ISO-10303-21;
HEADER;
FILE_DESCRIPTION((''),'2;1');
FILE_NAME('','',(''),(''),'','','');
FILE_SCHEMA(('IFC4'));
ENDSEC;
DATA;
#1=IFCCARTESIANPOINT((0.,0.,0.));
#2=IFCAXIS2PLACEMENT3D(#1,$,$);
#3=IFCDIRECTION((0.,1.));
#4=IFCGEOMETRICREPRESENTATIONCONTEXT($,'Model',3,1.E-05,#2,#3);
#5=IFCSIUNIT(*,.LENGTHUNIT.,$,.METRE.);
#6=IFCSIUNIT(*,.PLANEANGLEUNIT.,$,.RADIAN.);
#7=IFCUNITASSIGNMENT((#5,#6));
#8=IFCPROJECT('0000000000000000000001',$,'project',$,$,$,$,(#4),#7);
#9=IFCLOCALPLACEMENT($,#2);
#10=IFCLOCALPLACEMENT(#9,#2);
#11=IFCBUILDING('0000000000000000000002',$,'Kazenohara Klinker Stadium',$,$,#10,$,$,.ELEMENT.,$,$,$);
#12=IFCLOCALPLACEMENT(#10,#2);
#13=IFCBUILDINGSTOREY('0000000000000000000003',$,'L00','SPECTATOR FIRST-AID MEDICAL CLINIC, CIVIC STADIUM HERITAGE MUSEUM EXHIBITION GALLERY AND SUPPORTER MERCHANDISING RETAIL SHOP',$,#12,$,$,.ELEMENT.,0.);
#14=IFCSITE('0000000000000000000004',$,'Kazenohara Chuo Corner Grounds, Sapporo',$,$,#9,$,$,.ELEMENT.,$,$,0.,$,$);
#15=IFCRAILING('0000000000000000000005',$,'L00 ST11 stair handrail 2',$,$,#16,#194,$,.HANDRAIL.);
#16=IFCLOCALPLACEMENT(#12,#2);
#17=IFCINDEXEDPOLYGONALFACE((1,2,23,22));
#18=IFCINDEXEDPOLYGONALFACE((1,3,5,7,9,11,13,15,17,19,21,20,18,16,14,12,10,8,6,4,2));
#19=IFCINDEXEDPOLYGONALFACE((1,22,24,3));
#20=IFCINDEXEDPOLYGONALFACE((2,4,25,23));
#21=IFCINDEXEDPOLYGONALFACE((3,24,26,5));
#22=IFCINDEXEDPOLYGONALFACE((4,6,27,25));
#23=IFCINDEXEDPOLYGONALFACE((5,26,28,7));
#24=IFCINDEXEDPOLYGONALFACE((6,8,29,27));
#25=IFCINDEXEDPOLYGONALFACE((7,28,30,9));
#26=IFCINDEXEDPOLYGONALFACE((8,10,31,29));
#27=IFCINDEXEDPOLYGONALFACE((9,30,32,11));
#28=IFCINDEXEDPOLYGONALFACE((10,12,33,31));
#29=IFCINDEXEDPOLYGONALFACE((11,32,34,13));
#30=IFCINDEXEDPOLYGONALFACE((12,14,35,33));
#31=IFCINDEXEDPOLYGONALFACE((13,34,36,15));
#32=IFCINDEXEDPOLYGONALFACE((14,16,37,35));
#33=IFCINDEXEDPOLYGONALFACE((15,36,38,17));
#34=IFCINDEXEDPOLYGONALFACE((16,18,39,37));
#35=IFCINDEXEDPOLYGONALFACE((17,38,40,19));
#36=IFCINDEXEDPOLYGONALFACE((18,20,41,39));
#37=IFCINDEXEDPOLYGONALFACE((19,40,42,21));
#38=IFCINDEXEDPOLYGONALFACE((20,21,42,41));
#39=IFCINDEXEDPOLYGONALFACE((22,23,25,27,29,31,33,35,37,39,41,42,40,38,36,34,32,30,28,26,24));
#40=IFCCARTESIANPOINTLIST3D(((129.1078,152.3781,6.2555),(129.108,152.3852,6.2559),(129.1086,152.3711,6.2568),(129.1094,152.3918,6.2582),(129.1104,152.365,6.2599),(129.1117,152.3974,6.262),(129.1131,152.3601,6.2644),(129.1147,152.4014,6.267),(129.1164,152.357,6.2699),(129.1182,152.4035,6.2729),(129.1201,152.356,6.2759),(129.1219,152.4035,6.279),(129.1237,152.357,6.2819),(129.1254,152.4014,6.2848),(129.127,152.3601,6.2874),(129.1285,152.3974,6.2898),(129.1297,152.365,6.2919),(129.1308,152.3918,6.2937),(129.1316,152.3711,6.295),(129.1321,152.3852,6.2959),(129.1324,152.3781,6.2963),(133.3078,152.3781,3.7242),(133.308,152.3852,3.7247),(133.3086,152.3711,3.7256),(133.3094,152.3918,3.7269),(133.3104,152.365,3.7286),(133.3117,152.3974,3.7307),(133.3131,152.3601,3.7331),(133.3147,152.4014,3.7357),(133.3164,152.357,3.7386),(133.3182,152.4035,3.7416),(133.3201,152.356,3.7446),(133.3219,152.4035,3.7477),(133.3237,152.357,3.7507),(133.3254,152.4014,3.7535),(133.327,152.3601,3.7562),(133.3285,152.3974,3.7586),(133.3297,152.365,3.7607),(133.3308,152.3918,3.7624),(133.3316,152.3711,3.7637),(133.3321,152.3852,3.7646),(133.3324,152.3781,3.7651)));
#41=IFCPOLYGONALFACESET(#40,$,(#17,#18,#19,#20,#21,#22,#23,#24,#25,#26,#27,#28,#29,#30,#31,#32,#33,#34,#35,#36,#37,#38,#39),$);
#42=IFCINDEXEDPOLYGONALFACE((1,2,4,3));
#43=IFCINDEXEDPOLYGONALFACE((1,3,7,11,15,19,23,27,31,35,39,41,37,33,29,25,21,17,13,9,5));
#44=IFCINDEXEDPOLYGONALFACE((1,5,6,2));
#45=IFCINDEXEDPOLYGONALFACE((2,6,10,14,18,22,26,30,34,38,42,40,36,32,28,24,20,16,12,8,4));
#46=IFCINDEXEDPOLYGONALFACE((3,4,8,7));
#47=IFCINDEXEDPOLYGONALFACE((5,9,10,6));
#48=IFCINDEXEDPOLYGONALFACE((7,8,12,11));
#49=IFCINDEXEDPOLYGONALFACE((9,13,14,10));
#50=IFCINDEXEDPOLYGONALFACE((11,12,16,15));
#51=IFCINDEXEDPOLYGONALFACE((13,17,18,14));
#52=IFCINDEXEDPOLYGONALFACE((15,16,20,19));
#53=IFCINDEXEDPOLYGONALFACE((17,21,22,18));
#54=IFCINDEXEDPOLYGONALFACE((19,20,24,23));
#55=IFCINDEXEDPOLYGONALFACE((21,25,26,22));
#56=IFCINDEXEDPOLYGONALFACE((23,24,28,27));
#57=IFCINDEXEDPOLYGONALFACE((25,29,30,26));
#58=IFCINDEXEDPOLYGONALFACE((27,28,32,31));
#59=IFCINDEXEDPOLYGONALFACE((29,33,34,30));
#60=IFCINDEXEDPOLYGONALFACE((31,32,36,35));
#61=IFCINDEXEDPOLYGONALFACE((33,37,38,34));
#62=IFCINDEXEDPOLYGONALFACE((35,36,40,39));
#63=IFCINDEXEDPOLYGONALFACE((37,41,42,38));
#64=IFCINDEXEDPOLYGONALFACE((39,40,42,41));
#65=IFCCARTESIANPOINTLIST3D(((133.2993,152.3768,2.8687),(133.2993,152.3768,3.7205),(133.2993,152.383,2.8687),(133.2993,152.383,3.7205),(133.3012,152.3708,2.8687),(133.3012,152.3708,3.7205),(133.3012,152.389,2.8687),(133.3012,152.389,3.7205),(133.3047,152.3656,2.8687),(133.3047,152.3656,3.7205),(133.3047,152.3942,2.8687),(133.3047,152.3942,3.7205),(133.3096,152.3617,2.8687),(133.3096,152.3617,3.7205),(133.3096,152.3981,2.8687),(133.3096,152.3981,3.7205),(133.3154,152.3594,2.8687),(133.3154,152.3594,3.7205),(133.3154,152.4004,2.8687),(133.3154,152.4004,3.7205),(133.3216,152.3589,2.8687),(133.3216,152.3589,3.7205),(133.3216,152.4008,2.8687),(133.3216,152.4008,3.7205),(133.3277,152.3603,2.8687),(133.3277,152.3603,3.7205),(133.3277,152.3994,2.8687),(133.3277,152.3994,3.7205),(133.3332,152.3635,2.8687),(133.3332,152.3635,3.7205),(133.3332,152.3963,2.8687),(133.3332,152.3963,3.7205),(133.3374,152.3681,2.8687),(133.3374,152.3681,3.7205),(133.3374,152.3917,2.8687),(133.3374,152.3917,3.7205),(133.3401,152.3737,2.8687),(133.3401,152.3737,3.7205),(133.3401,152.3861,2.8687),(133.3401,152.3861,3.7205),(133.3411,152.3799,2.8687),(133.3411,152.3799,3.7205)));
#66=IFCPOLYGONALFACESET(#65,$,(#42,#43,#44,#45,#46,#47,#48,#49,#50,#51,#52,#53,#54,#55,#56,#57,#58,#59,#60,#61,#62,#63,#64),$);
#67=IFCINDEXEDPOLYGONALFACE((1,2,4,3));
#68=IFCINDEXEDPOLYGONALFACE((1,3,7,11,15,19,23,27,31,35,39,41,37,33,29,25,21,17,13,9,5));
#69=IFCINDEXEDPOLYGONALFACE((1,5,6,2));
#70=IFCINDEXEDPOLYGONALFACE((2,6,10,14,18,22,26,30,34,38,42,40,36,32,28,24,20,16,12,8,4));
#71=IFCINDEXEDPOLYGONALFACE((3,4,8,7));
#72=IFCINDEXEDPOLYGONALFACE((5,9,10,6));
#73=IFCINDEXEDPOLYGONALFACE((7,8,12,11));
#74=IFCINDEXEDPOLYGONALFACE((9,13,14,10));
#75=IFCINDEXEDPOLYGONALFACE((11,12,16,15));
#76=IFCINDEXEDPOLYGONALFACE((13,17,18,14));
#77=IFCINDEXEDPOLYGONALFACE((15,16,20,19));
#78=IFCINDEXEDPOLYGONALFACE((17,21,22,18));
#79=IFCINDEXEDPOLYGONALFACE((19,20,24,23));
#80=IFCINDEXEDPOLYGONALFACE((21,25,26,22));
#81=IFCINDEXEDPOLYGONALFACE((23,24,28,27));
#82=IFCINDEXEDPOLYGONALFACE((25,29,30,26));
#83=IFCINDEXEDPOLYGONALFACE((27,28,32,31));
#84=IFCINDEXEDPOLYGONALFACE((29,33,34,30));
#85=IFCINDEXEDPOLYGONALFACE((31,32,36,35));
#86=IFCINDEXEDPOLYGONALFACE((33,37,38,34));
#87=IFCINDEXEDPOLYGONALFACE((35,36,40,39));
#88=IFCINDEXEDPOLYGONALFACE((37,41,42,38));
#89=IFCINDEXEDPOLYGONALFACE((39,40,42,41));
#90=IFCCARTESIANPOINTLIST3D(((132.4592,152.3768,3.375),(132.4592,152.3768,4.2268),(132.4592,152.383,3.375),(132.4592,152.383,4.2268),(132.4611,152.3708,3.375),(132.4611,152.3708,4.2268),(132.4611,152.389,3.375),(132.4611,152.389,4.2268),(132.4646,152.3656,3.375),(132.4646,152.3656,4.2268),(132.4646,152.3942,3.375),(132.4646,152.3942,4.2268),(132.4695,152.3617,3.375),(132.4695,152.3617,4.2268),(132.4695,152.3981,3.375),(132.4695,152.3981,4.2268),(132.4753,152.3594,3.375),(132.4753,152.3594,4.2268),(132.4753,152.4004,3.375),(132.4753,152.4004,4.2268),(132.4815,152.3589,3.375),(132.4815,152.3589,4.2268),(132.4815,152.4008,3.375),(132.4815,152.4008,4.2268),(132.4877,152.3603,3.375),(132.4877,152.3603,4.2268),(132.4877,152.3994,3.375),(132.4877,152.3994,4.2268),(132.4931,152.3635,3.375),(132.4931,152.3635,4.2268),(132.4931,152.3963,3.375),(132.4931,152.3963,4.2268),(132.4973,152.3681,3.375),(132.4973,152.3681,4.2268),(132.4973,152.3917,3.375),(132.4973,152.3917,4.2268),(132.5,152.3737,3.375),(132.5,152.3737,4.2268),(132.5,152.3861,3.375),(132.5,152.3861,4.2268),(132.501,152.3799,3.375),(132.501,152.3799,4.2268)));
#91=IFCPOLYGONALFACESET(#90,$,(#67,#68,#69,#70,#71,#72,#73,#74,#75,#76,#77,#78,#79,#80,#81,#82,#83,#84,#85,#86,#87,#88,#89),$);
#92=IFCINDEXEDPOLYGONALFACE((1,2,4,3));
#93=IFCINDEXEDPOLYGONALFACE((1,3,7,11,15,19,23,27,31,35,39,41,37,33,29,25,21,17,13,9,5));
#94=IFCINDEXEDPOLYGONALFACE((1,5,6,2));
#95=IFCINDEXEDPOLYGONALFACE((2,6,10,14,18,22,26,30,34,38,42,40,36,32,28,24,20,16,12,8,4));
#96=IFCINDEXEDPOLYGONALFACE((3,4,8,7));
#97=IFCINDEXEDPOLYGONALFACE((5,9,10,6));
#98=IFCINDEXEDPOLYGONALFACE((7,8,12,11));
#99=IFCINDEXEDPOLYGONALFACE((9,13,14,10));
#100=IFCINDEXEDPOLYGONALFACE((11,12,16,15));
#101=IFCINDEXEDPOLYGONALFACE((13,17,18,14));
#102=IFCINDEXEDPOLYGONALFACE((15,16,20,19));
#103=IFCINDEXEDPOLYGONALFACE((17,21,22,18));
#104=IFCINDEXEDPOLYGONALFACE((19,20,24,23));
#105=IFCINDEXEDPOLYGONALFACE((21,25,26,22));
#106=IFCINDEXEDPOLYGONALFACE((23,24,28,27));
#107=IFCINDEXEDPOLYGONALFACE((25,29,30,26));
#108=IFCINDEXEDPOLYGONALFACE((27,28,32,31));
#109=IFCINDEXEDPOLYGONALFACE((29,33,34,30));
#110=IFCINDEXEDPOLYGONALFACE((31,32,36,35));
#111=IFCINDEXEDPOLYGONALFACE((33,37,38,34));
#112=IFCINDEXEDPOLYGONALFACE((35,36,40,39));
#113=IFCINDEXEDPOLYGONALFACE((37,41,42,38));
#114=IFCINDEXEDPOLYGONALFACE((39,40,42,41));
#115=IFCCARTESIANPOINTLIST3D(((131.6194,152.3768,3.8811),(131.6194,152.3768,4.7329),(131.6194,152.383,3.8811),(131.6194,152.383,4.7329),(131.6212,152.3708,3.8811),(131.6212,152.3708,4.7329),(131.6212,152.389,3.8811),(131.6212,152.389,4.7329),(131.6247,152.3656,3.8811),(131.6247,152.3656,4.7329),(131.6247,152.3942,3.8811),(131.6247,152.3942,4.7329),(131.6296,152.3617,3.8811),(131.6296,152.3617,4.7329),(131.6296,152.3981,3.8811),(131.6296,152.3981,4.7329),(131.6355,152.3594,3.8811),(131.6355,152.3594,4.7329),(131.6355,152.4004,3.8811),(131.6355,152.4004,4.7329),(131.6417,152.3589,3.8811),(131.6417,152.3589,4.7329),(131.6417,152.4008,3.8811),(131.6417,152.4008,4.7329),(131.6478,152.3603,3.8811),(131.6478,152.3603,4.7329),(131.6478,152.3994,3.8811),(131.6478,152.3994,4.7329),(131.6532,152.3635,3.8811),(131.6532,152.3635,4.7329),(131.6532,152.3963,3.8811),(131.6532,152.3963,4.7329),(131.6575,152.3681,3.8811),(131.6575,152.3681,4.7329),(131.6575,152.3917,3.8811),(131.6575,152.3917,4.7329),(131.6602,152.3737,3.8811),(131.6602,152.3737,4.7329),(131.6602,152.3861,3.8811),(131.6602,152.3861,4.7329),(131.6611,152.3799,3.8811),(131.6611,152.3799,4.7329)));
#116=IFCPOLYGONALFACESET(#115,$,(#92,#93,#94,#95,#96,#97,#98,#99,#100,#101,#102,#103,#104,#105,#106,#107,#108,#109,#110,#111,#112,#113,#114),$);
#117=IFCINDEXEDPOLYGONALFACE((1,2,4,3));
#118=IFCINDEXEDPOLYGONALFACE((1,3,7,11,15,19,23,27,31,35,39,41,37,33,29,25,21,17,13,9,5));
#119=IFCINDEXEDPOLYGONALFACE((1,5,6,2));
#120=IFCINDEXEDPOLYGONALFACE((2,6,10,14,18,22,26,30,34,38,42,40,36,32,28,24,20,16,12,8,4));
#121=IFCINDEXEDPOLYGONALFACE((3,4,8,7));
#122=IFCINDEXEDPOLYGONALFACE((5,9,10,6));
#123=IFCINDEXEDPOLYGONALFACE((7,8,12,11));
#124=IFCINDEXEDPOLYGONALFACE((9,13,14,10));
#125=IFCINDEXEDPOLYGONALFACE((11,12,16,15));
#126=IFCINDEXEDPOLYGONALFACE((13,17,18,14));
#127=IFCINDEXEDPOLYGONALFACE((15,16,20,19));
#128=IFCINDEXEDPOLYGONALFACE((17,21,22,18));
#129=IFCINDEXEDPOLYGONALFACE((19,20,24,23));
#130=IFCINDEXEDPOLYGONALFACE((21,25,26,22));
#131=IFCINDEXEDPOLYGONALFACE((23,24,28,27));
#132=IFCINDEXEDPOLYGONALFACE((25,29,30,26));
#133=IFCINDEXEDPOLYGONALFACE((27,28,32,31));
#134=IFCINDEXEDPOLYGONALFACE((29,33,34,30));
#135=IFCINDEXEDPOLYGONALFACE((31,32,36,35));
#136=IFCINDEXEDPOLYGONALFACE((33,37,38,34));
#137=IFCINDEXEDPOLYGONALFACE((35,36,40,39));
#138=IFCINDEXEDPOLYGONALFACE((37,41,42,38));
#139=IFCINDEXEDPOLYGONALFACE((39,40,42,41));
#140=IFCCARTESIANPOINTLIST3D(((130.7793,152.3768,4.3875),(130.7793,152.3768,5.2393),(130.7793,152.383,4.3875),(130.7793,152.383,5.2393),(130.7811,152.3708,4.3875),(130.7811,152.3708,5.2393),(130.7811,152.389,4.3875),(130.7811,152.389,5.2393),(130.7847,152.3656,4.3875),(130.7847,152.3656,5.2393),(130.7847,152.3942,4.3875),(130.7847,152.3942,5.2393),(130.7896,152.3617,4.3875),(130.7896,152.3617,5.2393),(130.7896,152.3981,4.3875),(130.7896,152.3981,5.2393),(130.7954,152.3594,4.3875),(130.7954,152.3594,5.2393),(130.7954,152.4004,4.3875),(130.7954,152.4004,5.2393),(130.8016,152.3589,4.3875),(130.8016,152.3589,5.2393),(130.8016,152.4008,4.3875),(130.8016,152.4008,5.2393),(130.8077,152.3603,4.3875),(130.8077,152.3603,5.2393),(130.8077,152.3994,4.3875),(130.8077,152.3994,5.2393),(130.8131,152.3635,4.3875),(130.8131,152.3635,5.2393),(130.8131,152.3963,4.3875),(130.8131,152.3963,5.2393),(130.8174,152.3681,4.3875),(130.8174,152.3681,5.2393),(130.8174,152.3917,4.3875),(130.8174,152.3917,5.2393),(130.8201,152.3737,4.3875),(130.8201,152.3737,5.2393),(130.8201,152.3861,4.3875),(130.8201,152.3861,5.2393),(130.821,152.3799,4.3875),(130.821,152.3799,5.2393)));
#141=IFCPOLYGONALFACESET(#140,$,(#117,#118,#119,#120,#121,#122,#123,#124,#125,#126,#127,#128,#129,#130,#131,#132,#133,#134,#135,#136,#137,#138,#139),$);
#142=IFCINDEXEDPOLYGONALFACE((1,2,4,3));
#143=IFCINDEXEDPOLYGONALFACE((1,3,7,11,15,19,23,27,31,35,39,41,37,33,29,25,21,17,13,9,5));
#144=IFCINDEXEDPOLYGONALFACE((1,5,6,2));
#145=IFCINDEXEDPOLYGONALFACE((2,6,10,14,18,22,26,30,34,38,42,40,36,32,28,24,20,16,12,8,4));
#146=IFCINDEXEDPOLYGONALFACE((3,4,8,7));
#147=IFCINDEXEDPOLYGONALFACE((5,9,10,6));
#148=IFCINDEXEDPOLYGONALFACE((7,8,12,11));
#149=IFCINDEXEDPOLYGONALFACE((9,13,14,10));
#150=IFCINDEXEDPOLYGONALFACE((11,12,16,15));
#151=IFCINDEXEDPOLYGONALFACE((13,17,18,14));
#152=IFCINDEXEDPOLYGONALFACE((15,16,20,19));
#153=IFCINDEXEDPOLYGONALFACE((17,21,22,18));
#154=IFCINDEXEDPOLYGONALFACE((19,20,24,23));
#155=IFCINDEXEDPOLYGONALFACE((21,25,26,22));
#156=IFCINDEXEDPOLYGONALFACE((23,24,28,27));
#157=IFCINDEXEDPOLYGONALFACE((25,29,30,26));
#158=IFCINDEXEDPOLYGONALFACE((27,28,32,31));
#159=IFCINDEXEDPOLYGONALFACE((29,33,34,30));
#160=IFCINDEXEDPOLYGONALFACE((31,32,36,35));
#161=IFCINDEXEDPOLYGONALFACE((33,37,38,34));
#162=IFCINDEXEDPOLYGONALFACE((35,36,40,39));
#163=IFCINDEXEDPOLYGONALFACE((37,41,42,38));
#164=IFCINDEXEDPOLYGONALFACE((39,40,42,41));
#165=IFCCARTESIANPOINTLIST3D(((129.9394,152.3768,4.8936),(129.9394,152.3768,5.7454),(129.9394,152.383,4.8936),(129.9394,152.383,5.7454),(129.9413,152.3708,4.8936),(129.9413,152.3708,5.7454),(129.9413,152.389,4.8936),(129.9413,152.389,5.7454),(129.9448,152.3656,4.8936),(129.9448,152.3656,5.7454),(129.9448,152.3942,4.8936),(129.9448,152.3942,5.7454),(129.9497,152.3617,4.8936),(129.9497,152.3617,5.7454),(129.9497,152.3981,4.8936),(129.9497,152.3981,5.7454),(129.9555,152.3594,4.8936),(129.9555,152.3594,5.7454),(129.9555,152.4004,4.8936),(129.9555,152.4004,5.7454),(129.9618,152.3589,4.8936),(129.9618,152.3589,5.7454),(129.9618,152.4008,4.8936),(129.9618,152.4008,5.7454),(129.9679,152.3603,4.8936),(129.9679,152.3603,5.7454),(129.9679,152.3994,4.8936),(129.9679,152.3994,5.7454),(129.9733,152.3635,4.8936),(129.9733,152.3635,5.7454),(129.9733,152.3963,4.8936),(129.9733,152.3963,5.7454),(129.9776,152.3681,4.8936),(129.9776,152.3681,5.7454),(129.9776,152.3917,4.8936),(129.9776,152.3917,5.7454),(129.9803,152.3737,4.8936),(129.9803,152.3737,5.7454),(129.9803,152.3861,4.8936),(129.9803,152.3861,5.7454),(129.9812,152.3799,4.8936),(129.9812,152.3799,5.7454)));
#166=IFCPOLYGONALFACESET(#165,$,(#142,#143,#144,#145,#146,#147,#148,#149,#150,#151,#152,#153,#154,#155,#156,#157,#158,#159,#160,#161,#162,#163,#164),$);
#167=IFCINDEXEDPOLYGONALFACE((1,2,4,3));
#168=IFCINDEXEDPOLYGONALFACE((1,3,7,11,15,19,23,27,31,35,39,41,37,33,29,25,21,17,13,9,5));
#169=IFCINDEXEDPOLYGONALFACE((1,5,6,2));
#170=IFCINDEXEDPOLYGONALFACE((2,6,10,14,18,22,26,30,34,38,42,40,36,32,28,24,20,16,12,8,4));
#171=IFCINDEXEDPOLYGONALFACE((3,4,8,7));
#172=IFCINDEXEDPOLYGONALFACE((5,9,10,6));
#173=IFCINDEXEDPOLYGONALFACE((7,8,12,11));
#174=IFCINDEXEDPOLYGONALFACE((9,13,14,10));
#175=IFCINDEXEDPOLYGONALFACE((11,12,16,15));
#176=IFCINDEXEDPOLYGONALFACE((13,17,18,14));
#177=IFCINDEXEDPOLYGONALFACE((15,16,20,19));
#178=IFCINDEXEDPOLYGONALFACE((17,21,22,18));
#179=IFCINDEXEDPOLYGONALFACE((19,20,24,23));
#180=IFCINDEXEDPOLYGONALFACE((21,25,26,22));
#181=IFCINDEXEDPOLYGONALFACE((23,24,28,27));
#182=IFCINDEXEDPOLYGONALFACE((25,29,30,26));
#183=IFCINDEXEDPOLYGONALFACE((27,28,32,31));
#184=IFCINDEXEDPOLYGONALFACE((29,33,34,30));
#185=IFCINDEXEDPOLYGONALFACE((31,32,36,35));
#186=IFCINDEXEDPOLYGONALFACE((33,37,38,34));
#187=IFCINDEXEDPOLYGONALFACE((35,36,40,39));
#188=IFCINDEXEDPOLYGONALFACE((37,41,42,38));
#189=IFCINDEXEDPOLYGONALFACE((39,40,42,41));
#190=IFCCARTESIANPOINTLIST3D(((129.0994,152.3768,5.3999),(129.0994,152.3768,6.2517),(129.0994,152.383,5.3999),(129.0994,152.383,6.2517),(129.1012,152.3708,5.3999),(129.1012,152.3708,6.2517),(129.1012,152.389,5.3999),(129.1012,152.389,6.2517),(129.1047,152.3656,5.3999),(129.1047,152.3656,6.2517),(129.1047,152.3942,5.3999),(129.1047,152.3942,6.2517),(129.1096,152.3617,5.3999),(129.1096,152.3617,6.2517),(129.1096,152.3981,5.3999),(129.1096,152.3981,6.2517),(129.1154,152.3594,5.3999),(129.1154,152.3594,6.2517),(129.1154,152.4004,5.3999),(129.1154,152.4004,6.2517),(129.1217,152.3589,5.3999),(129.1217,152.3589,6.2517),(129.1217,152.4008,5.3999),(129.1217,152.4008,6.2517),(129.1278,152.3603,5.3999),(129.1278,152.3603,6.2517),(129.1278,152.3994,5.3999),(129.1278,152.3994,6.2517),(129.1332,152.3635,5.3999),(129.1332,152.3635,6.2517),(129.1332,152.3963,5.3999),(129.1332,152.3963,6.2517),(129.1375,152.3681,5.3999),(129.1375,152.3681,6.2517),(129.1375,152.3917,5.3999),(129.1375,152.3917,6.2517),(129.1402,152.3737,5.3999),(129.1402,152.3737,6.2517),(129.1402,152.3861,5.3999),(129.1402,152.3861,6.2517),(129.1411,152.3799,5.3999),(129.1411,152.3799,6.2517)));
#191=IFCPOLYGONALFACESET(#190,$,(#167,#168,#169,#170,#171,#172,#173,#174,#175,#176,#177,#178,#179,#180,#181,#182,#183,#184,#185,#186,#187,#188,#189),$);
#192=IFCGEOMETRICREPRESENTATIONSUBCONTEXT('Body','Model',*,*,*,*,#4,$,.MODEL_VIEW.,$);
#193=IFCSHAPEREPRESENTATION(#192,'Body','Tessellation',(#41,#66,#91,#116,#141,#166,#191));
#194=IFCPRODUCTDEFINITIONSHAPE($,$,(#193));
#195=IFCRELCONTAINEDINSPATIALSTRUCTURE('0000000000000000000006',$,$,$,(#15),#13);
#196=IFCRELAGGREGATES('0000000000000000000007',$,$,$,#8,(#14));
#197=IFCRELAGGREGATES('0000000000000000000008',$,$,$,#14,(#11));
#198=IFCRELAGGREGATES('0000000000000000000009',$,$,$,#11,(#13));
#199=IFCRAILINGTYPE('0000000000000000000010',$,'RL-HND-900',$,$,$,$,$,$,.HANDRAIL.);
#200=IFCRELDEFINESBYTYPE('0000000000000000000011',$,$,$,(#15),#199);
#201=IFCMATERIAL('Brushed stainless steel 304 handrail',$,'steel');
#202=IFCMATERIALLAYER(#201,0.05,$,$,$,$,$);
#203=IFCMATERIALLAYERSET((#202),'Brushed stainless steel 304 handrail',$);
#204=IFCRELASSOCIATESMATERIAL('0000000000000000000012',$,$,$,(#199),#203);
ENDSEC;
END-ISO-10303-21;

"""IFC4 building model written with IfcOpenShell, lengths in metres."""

from ifc_helpers import new_model, si_unit, direction, frame, origin, origin_2d, place, context, subcontext, project, spatial, circle, extrude, material, layer, layer_set, type_object, element, save


model = new_model("IFC4")

# Units and contexts
model_context = context("Model", 3, precision=1e-05, world=origin(), true_north=direction((0.0, 1.0)))
body_context = subcontext(model_context, "Body", "Model", "MODEL_VIEW")
ifc_project = project(units=[si_unit("LENGTHUNIT", "METRE"), si_unit("PLANEANGLEUNIT", "RADIAN")], contexts=[model_context])

# Site, building, storey
site_placement = place(None, origin())
site = spatial("IfcSite", under=ifc_project, at=site_placement, Name="Kazenohara Chuo Corner Grounds, Sapporo", CompositionType="ELEMENT", RefElevation=0.0)
building_placement = place(site_placement, origin())
building = spatial("IfcBuilding", under=site, at=building_placement, Name="Kazenohara Klinker Stadium", CompositionType="ELEMENT")
storey_placement = place(building_placement, origin())
storey = spatial("IfcBuildingStorey", under=building, at=storey_placement, Name="L00", Description="SPECTATOR FIRST-AID MEDICAL CLINIC, CIVIC STADIUM HERITAGE MUSEUM EXHIBITION GALLERY AND SUPPORTER MERCHANDISING RETAIL SHOP", CompositionType="ELEMENT", Elevation=0.0)

# Railing
ifc_material_1 = material(Name="Brushed stainless steel 304 handrail", Category="steel")
ifc_layer_1 = layer(ifc_material_1, 0.05)
ifc_layer_set_1 = layer_set([ifc_layer_1], Name="Brushed stainless steel 304 handrail")
railing_type_1 = type_object("IfcRailingType", Name="RL-HND-900", PredefinedType="HANDRAIL", material=ifc_layer_set_1)
railing_1_placement = place(storey_placement, frame((133.3201, 152.3799, 2.8687)))
element("IfcRailing", 1, at=railing_1_placement, inside=storey, type_object=railing_type_1, Name="L00 ST11 stair handrail 2", PredefinedType="HANDRAIL", context=body_context, shape_type="SweptSolid", body=[
    extrude(circle(Radius=0.0239, at=origin_2d()), frame((0.0, 0.0, 0.876), z_axis=(-0.856476, 0.0, 0.516186), x_axis=(0.0, -1.0, 0.0)), (0.0, 0.0, 1.0), 4.9038),
    extrude(circle(Radius=0.021, at=origin_2d()), origin(), (0.0, 0.0, 1.0), 0.8518),
    extrude(circle(Radius=0.021, at=origin_2d()), frame((-0.8401, 0.0, 0.5063)), (0.0, 0.0, 1.0), 0.8518),
    extrude(circle(Radius=0.021, at=origin_2d()), frame((-1.6799, 0.0, 1.0125)), (0.0, 0.0, 1.0), 0.8518),
    extrude(circle(Radius=0.021, at=origin_2d()), frame((-2.52, 0.0, 1.5188)), (0.0, 0.0, 1.0), 0.8518),
    extrude(circle(Radius=0.021, at=origin_2d()), frame((-3.3599, 0.0, 2.0249)), (0.0, 0.0, 1.0), 0.8518),
    extrude(circle(Radius=0.021, at=origin_2d()), frame((-4.2, 0.0, 2.5312)), (0.0, 0.0, 1.0), 0.8518),
])

save(model, "model.ifc")
